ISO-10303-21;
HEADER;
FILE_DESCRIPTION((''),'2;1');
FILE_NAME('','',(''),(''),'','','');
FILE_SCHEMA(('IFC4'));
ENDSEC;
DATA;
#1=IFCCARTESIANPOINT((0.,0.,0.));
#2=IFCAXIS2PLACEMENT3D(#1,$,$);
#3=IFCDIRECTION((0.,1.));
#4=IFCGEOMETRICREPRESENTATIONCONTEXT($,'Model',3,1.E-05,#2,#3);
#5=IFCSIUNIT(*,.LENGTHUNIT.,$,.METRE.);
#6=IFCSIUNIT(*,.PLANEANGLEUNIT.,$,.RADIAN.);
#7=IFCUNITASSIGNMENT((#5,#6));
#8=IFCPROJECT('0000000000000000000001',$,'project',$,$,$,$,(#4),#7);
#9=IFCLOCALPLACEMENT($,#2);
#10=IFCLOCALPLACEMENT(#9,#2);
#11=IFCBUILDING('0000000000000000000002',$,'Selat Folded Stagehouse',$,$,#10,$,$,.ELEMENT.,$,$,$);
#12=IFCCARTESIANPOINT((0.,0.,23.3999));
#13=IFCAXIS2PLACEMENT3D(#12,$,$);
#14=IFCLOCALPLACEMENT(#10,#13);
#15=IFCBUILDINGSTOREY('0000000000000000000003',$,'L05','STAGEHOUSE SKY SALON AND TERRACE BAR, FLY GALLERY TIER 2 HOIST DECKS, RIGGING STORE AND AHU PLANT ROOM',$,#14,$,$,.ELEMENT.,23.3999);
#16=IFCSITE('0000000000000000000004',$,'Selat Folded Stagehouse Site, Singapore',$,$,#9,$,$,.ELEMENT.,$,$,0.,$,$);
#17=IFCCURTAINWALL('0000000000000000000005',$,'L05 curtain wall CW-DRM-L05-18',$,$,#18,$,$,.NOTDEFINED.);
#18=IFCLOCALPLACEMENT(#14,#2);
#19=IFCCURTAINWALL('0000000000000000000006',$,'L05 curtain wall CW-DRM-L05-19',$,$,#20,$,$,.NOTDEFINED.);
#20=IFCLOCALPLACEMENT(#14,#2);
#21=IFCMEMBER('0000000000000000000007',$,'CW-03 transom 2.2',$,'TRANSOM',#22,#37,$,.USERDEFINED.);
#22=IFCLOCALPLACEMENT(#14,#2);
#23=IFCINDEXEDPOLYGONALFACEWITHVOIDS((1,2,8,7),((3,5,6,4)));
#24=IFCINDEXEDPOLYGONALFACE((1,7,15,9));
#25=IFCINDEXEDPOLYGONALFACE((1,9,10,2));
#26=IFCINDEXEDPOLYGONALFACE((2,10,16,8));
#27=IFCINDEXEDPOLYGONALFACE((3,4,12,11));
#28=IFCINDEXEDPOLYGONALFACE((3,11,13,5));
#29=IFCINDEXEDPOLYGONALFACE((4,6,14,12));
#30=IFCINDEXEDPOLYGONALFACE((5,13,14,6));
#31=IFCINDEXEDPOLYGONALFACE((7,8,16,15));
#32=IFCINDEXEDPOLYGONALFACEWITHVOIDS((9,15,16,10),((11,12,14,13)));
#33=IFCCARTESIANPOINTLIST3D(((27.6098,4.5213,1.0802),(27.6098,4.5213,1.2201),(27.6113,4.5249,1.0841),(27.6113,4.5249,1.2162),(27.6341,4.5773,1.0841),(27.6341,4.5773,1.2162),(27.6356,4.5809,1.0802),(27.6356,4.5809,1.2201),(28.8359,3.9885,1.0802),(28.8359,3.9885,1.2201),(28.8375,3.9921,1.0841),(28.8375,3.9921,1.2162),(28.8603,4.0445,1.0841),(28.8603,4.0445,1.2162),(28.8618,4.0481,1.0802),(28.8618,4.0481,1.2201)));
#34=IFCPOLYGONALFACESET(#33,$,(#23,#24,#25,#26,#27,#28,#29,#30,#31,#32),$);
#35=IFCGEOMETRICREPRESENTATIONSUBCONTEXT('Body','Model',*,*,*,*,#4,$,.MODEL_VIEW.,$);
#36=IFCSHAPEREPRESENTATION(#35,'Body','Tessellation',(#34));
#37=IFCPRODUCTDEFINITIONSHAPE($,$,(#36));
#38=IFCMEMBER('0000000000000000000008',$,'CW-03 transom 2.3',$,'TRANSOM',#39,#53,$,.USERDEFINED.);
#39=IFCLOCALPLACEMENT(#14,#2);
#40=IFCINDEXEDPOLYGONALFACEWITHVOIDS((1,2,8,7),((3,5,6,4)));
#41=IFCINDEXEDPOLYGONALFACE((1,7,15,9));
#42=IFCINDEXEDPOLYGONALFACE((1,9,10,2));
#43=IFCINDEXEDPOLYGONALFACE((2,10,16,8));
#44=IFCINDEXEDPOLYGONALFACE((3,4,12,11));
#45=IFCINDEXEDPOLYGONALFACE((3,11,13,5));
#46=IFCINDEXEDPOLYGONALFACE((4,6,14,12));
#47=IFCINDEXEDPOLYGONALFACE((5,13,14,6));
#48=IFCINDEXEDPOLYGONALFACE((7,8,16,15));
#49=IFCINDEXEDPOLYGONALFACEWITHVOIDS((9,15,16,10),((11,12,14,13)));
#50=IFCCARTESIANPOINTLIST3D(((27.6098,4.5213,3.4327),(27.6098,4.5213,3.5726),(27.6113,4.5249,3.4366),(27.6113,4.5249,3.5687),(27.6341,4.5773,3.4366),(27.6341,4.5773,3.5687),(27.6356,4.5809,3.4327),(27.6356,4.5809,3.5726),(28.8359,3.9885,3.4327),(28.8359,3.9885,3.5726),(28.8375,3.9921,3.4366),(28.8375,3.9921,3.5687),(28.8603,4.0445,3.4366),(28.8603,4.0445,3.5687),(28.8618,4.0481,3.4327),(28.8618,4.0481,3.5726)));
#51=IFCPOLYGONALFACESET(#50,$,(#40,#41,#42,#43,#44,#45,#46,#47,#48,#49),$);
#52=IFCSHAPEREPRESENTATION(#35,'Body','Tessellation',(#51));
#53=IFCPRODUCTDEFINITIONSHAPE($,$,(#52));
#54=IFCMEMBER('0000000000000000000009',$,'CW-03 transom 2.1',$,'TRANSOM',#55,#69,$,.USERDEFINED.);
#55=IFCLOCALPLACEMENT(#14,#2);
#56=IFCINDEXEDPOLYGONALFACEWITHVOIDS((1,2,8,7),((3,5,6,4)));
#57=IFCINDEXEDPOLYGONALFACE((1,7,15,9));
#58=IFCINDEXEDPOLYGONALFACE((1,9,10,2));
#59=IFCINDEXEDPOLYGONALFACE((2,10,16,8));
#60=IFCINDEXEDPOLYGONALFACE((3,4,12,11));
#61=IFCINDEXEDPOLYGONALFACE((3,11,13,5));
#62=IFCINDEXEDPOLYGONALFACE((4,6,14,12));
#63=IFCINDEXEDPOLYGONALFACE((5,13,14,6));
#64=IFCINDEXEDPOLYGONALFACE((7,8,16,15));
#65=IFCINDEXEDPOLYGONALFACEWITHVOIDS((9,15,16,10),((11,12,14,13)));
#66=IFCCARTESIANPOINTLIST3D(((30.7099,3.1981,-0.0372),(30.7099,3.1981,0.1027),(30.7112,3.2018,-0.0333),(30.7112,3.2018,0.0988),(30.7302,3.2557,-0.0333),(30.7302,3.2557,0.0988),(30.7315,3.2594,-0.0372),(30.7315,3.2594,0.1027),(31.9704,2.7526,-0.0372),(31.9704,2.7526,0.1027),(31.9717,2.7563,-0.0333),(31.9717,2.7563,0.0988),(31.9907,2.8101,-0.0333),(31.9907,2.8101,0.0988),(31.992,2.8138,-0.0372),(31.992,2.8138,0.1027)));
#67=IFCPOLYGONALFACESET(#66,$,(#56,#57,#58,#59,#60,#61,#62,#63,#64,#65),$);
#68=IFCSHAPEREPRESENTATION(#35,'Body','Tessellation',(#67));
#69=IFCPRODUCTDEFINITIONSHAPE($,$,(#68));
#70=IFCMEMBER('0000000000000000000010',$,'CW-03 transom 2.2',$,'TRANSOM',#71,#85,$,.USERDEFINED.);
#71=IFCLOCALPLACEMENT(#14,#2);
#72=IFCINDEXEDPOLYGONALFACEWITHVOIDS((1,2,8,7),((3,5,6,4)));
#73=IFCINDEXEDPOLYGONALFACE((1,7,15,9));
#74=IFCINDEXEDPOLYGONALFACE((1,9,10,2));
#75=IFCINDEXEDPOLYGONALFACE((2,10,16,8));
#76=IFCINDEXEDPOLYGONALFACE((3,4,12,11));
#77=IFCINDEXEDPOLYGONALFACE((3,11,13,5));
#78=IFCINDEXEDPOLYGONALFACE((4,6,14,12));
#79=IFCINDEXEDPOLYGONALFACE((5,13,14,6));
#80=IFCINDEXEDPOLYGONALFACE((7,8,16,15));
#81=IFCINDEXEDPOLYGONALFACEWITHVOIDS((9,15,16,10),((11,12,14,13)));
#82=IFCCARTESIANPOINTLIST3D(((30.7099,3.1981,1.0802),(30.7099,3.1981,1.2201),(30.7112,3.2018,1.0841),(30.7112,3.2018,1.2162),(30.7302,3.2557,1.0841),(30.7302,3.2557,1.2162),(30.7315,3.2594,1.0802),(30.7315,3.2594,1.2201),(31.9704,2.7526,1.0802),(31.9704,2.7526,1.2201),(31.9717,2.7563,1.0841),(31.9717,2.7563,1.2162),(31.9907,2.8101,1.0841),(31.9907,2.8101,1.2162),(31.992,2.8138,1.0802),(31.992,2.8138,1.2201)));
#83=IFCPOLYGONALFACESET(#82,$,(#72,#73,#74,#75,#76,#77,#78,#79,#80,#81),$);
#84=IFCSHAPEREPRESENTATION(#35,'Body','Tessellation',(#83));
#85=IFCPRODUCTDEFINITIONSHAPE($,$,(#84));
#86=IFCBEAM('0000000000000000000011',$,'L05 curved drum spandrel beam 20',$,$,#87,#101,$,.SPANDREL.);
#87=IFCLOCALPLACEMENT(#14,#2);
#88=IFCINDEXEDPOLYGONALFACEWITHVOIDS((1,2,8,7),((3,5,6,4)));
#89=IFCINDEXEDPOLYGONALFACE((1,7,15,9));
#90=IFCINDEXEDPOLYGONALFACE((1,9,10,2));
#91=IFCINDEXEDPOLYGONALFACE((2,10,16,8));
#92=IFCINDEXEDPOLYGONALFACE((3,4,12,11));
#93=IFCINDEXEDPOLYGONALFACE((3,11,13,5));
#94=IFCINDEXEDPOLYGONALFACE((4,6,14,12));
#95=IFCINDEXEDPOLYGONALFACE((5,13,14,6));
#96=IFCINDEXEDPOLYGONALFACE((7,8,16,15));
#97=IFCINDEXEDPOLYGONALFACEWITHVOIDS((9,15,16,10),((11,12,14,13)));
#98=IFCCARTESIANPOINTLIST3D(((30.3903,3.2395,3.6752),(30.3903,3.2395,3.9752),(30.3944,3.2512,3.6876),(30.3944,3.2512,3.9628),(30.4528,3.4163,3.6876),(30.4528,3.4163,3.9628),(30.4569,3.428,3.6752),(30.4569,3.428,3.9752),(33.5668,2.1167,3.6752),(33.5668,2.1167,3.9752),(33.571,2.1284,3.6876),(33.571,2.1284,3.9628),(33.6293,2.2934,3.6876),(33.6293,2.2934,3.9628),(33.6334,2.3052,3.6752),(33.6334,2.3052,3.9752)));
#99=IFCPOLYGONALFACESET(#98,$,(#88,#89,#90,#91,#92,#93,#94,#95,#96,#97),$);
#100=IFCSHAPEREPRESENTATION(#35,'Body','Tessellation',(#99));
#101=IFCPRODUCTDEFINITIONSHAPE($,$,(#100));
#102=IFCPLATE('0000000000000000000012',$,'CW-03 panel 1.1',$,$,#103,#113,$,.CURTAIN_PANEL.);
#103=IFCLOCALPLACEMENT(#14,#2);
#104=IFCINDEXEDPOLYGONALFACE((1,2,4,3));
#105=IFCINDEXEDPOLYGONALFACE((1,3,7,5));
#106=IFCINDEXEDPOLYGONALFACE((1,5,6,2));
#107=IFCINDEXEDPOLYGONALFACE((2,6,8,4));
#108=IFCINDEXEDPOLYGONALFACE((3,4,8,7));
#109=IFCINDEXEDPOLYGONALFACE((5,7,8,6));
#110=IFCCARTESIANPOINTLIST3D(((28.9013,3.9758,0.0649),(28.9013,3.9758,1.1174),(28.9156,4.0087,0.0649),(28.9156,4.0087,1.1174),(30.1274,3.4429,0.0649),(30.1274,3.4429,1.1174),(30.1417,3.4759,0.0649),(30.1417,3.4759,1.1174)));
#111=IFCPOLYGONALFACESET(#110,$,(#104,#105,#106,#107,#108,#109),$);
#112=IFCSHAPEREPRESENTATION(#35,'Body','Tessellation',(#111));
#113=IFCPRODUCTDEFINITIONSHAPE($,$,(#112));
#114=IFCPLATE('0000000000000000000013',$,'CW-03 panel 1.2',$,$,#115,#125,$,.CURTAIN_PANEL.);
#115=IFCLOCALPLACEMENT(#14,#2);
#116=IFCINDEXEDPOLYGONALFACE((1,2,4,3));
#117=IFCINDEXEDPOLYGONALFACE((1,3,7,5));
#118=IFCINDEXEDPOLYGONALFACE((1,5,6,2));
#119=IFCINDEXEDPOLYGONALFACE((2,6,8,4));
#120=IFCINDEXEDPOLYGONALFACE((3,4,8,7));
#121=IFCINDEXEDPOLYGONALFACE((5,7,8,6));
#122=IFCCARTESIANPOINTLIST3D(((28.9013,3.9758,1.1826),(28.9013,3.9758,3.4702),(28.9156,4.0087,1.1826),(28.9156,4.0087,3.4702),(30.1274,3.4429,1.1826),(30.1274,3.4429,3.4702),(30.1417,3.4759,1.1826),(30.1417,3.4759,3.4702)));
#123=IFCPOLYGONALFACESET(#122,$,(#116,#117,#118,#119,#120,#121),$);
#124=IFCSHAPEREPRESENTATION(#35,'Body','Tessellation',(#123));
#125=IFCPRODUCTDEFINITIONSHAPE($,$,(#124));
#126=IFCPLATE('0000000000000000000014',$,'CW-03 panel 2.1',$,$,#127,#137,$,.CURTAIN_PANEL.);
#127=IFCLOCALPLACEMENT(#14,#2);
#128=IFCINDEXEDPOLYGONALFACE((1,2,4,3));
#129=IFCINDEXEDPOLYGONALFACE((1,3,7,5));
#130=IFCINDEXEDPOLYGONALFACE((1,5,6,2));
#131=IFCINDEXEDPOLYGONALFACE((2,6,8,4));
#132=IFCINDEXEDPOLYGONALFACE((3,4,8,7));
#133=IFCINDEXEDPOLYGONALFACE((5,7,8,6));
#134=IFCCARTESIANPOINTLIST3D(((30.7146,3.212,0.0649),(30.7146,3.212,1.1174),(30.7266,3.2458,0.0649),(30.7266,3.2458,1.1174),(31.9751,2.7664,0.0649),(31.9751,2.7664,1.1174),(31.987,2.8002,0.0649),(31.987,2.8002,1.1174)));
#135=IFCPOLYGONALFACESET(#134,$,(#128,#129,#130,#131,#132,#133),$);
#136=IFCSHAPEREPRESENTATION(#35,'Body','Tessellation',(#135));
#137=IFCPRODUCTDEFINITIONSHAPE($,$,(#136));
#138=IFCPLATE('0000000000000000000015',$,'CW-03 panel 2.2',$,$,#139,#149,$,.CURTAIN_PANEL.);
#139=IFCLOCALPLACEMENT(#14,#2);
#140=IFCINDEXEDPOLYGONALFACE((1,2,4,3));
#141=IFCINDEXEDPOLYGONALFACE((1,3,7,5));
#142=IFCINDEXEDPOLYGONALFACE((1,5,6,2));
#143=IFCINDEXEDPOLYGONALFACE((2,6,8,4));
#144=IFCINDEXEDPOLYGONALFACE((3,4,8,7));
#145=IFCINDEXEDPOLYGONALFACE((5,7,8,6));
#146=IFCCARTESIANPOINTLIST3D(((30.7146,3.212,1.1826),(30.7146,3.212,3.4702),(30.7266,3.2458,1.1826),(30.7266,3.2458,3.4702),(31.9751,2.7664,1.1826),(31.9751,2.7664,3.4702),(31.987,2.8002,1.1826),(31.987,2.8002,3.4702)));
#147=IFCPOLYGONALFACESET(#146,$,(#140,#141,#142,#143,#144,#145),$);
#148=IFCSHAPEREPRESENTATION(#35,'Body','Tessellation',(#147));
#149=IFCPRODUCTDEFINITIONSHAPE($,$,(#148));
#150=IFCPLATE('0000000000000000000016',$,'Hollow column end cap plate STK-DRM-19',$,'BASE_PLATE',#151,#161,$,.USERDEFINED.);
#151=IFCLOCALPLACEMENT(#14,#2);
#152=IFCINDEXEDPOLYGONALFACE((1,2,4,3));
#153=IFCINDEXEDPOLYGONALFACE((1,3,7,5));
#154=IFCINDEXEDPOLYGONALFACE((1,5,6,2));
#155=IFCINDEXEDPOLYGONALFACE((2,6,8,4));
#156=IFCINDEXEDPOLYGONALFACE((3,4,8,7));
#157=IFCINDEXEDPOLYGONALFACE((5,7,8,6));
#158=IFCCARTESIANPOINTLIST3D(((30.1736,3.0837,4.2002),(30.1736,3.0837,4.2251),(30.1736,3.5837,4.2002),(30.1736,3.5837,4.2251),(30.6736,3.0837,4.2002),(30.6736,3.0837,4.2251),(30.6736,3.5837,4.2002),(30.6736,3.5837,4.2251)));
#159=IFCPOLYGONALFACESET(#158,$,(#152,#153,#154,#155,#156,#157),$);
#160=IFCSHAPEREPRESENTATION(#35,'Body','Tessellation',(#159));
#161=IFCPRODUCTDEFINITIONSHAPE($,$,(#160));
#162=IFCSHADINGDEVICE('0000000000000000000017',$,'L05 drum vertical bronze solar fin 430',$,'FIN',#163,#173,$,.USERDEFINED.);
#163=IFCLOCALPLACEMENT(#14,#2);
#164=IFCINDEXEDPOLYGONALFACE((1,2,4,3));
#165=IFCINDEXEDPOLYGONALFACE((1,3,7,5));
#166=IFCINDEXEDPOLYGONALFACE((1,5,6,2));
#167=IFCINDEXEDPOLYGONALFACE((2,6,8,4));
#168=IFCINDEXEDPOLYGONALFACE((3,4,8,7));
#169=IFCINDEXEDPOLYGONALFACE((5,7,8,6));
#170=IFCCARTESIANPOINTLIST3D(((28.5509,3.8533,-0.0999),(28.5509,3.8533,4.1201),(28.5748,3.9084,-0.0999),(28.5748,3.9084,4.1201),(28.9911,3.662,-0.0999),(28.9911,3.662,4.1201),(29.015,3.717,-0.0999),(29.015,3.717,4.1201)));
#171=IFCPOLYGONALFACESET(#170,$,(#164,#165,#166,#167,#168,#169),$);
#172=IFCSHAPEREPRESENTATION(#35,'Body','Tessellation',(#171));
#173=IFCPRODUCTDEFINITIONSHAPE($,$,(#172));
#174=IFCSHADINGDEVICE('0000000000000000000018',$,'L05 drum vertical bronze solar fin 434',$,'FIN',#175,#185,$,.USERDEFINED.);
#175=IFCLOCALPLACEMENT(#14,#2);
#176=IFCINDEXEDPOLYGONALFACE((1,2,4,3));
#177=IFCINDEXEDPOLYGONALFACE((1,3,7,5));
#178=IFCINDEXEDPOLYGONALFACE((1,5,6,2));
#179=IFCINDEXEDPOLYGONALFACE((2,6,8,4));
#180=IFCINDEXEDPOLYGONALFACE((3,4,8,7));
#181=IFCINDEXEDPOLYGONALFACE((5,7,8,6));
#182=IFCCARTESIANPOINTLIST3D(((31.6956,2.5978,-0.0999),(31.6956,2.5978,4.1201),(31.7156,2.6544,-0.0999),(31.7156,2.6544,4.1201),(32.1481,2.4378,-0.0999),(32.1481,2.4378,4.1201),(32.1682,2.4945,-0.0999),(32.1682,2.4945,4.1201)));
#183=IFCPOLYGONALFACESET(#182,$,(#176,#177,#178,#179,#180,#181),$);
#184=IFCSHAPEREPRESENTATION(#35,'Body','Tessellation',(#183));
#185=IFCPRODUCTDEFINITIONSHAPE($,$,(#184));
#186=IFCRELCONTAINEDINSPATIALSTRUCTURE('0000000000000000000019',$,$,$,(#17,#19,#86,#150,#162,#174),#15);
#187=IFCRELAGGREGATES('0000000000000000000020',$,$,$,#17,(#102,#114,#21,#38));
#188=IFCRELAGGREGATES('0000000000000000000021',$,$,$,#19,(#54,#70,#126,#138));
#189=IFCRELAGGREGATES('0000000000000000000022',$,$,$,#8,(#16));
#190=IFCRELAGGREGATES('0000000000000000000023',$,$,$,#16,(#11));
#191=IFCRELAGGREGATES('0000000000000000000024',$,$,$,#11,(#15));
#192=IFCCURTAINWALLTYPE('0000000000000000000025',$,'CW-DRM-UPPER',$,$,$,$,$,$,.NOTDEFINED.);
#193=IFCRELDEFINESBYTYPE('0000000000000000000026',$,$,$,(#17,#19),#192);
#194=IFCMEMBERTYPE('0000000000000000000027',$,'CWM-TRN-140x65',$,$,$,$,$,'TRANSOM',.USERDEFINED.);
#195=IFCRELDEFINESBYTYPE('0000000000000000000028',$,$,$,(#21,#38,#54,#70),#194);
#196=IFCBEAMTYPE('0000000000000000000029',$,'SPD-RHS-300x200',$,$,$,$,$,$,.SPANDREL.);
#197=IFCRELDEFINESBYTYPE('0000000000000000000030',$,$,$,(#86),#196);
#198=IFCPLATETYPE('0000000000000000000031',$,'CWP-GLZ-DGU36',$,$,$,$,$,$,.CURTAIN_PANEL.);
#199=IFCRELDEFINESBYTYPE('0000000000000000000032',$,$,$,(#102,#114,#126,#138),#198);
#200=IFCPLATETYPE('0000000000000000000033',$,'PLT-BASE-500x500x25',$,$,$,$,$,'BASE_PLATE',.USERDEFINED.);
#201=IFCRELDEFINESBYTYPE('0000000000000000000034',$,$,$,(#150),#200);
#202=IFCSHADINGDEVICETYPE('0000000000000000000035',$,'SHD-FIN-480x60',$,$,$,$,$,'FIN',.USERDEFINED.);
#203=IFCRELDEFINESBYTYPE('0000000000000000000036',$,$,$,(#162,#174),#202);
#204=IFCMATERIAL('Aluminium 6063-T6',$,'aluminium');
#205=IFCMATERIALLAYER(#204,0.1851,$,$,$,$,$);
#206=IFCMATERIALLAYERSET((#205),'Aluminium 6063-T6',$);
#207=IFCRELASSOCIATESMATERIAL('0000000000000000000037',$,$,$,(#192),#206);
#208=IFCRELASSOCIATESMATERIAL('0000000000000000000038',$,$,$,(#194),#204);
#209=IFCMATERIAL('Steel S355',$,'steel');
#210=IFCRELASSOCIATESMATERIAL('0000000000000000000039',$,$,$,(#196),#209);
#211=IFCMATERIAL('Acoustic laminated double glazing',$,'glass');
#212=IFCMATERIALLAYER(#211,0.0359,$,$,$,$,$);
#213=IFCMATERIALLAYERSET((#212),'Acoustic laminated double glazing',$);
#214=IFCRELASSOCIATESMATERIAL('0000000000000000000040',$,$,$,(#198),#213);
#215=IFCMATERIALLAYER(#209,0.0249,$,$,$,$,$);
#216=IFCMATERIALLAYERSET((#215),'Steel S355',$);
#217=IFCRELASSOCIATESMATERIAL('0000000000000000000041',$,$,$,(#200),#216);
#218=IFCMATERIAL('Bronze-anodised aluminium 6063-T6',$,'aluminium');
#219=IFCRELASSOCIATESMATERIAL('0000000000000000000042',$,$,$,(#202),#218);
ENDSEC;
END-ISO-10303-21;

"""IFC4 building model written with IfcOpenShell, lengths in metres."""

from ifc_helpers import new_model, si_unit, direction, frame, origin, origin_2d, place, context, subcontext, project, spatial, rectangle, hollow_rectangle, extrude, material, layer, layer_set, material_profile, profile_set, type_object, element, aggregate, save


model = new_model("IFC4")

# Units and contexts
model_context = context("Model", 3, precision=1e-05, world=origin(), true_north=direction((0.0, 1.0)))
body_context = subcontext(model_context, "Body", "Model", "MODEL_VIEW")
ifc_project = project(units=[si_unit("LENGTHUNIT", "METRE"), si_unit("PLANEANGLEUNIT", "RADIAN")], contexts=[model_context])

# Site, building, storey
site_placement = place(None, origin())
site = spatial("IfcSite", under=ifc_project, at=site_placement, Name="Selat Folded Stagehouse Site, Singapore", CompositionType="ELEMENT", RefElevation=0.0)
building_placement = place(site_placement, origin())
building = spatial("IfcBuilding", under=site, at=building_placement, Name="Selat Folded Stagehouse", CompositionType="ELEMENT")
storey_placement = place(building_placement, frame((0.0, 0.0, 23.3999)))
storey = spatial("IfcBuildingStorey", under=building, at=storey_placement, Name="L05", Description="STAGEHOUSE SKY SALON AND TERRACE BAR, FLY GALLERY TIER 2 HOIST DECKS, RIGGING STORE AND AHU PLANT ROOM", CompositionType="ELEMENT", Elevation=23.3999)

# Shared definitions
ifc_material_1 = material(Name="Steel S355", Category="steel")

# Curtain wall
ifc_material_2 = material(Name="Aluminium 6063-T6", Category="aluminium")
ifc_layer_1 = layer(ifc_material_2, 0.1851)
ifc_layer_set_1 = layer_set([ifc_layer_1], Name="Aluminium 6063-T6")
curtain_wall_type = type_object("IfcCurtainWallType", Name="CW-DRM-UPPER", PredefinedType="NOTDEFINED", material=ifc_layer_set_1)
curtain_wall_1_placement = place(storey_placement, origin())
curtain_wall_1 = element("IfcCurtainWall", 1, at=curtain_wall_1_placement, inside=storey, type_object=curtain_wall_type, Name="L05 curtain wall CW-DRM-L05-18", PredefinedType="NOTDEFINED")

# Curtain wall
curtain_wall_2_placement = place(storey_placement, origin())
curtain_wall_2 = element("IfcCurtainWall", 2, at=curtain_wall_2_placement, inside=storey, type_object=curtain_wall_type, Name="L05 curtain wall CW-DRM-L05-19", PredefinedType="NOTDEFINED")

# Members
ifc_material_profile_1 = material_profile(ifc_material_2, hollow_rectangle(XDim=0.0649, YDim=0.1399, WallThickness=0.0039, at=origin_2d()), Name="ALU 140x65x4.0")
ifc_profile_set_1 = profile_set([ifc_material_profile_1], Name="Aluminium 6063-T6")
member_type_1 = type_object("IfcMemberType", Name="CWM-TRN-140x65", ElementType="TRANSOM", PredefinedType="USERDEFINED", material=ifc_profile_set_1)
member_1_placement = place(storey_placement, frame((28.8489, 4.0183, 1.1501), z_axis=(-0.917169, 0.398499, 0.0), x_axis=(-0.398499, -0.917169, 0.0)))
member_1 = element("IfcMember", 3, at=member_1_placement, type_object=member_type_1, Name="CW-03 transom 2.2", ObjectType="TRANSOM", PredefinedType="USERDEFINED", context=body_context, shape_type="SweptSolid", body=[
    extrude(hollow_rectangle(XDim=0.0649, YDim=0.1399, WallThickness=0.0039, at=origin_2d()), origin(), (0.0, 0.0, 1.0), 1.3369),
])
member_2_placement = place(storey_placement, frame((28.8489, 4.0183, 3.5027), z_axis=(-0.917169, 0.398499, 0.0), x_axis=(-0.398499, -0.917169, 0.0)))
member_2 = element("IfcMember", 4, at=member_2_placement, type_object=member_type_1, Name="CW-03 transom 2.3", ObjectType="TRANSOM", PredefinedType="USERDEFINED", context=body_context, shape_type="SweptSolid", body=[
    extrude(hollow_rectangle(XDim=0.0649, YDim=0.1399, WallThickness=0.0039, at=origin_2d()), origin(), (0.0, 0.0, 1.0), 1.3369),
])
member_3_placement = place(storey_placement, frame((31.9812, 2.7832, 0.0327), z_axis=(-0.942832, 0.333269, 0.0), x_axis=(-0.333269, -0.942832, 0.0)))
member_3 = element("IfcMember", 5, at=member_3_placement, type_object=member_type_1, Name="CW-03 transom 2.1", ObjectType="TRANSOM", PredefinedType="USERDEFINED", context=body_context, shape_type="SweptSolid", body=[
    extrude(hollow_rectangle(XDim=0.0649, YDim=0.1399, WallThickness=0.0039, at=origin_2d()), origin(), (0.0, 0.0, 1.0), 1.3369),
])
member_4_placement = place(storey_placement, frame((31.9812, 2.7832, 1.1501), z_axis=(-0.942832, 0.333269, 0.0), x_axis=(-0.333269, -0.942832, 0.0)))
member_4 = element("IfcMember", 6, at=member_4_placement, type_object=member_type_1, Name="CW-03 transom 2.2", ObjectType="TRANSOM", PredefinedType="USERDEFINED", context=body_context, shape_type="SweptSolid", body=[
    extrude(hollow_rectangle(XDim=0.0649, YDim=0.1399, WallThickness=0.0039, at=origin_2d()), origin(), (0.0, 0.0, 1.0), 1.3369),
])

# Beam
ifc_material_profile_2 = material_profile(ifc_material_1, hollow_rectangle(XDim=0.2, YDim=0.3, WallThickness=0.0125, at=origin_2d()), Name="RHS 300x200x12.5")
ifc_profile_set_2 = profile_set([ifc_material_profile_2], Name="Steel S355")
beam_type = type_object("IfcBeamType", Name="SPD-RHS-300x200", PredefinedType="SPANDREL", material=ifc_profile_set_2)
beam_placement = place(storey_placement, frame((30.4236, 3.3337, 3.8252), z_axis=(0.942834, -0.333264, 0.0), x_axis=(0.333264, 0.942834, 0.0)))
element("IfcBeam", 7, at=beam_placement, inside=storey, type_object=beam_type, Name="L05 curved drum spandrel beam 20", PredefinedType="SPANDREL", context=body_context, shape_type="SweptSolid", body=[
    extrude(hollow_rectangle(XDim=0.2, YDim=0.3, WallThickness=0.0125, at=origin_2d()), origin(), (0.0, 0.0, 1.0), 3.3691),
])

# Plates
ifc_material_3 = material(Name="Acoustic laminated double glazing", Category="glass")
ifc_layer_2 = layer(ifc_material_3, 0.0359)
ifc_layer_set_2 = layer_set([ifc_layer_2], Name="Acoustic laminated double glazing")
plate_type_1 = type_object("IfcPlateType", Name="CWP-GLZ-DGU36", PredefinedType="CURTAIN_PANEL", material=ifc_layer_set_2)
plate_1_placement = place(storey_placement, frame((29.5215, 3.7258, 0.0649), z_axis=(0.0, 0.0, 1.0), x_axis=(-0.917134, 0.39858, 0.0)))
plate_1 = element("IfcPlate", 8, at=plate_1_placement, type_object=plate_type_1, Name="CW-03 panel 1.1", PredefinedType="CURTAIN_PANEL", context=body_context, shape_type="SweptSolid", body=[
    extrude(rectangle(XDim=1.3369, YDim=0.0359, at=origin_2d()), origin(), (0.0, 0.0, 1.0), 1.0525),
])
plate_2_placement = place(storey_placement, frame((29.5215, 3.7258, 1.1826), z_axis=(0.0, 0.0, 1.0), x_axis=(-0.917134, 0.39858, 0.0)))
plate_2 = element("IfcPlate", 9, at=plate_2_placement, type_object=plate_type_1, Name="CW-03 panel 1.2", PredefinedType="CURTAIN_PANEL", context=body_context, shape_type="SweptSolid", body=[
    extrude(rectangle(XDim=1.3369, YDim=0.0359, at=origin_2d()), origin(), (0.0, 0.0, 1.0), 2.2876),
])
aggregate(curtain_wall_1, [plate_1, plate_2, member_1, member_2])
plate_3_placement = place(storey_placement, frame((31.3508, 3.0061, 0.0649), z_axis=(0.0, 0.0, 1.0), x_axis=(-0.942816, 0.333314, 0.0)))
plate_3 = element("IfcPlate", 10, at=plate_3_placement, type_object=plate_type_1, Name="CW-03 panel 2.1", PredefinedType="CURTAIN_PANEL", context=body_context, shape_type="SweptSolid", body=[
    extrude(rectangle(XDim=1.3369, YDim=0.0359, at=origin_2d()), origin(), (0.0, 0.0, 1.0), 1.0525),
])
plate_4_placement = place(storey_placement, frame((31.3508, 3.0061, 1.1826), z_axis=(0.0, 0.0, 1.0), x_axis=(-0.942816, 0.333314, 0.0)))
plate_4 = element("IfcPlate", 11, at=plate_4_placement, type_object=plate_type_1, Name="CW-03 panel 2.2", PredefinedType="CURTAIN_PANEL", context=body_context, shape_type="SweptSolid", body=[
    extrude(rectangle(XDim=1.3369, YDim=0.0359, at=origin_2d()), origin(), (0.0, 0.0, 1.0), 2.2876),
])
aggregate(curtain_wall_2, [member_3, member_4, plate_3, plate_4])
ifc_layer_3 = layer(ifc_material_1, 0.0249)
ifc_layer_set_3 = layer_set([ifc_layer_3], Name="Steel S355")
plate_type_2 = type_object("IfcPlateType", Name="PLT-BASE-500x500x25", ElementType="BASE_PLATE", PredefinedType="USERDEFINED", material=ifc_layer_set_3)
plate_5_placement = place(storey_placement, frame((30.4236, 3.3337, 4.2002), z_axis=(0.0, 0.0, 1.0), x_axis=(1.0, 0.0, 0.0)))
element("IfcPlate", 12, at=plate_5_placement, inside=storey, type_object=plate_type_2, Name="Hollow column end cap plate STK-DRM-19", ObjectType="BASE_PLATE", PredefinedType="USERDEFINED", context=body_context, shape_type="SweptSolid", body=[
    extrude(rectangle(XDim=0.5, YDim=0.5, at=origin_2d()), origin(), (0.0, 0.0, 1.0), 0.0249),
])

# Shading devices
ifc_material_4 = material(Name="Bronze-anodised aluminium 6063-T6", Category="aluminium")
ifc_material_profile_3 = material_profile(ifc_material_4, rectangle(XDim=0.0601, YDim=0.48, at=origin_2d()), Name="SOLAR-FIN 480x60")
ifc_profile_set_3 = profile_set([ifc_material_profile_3], Name="Bronze-anodised aluminium 6063-T6")
shading_device_type = type_object("IfcShadingDeviceType", Name="SHD-FIN-480x60", ElementType="FIN", PredefinedType="USERDEFINED", material=ifc_profile_set_3)
for number, where, z_axis, x_axis, name in (
    (13, (28.783, 3.7852, -0.0999), (0.0, 0.0, 1.0), (-0.398589, -0.91713, 0.0), "L05 drum vertical bronze solar fin 430"),
    (14, (31.9319, 2.5461, -0.0999), (0.0, 0.0, 1.0), (-0.333313, -0.942816, 0.0), "L05 drum vertical bronze solar fin 434"),
):
    element("IfcShadingDevice", number, at=place(storey_placement, frame(where, z_axis=z_axis, x_axis=x_axis)), inside=storey, type_object=shading_device_type, Name=name, ObjectType="FIN", PredefinedType="USERDEFINED", context=body_context, shape_type="SweptSolid", body=[
        extrude(rectangle(XDim=0.0601, YDim=0.48, at=origin_2d()), origin(), (0.0, 0.0, 1.0), 4.22),
    ])

save(model, "model.ifc")
